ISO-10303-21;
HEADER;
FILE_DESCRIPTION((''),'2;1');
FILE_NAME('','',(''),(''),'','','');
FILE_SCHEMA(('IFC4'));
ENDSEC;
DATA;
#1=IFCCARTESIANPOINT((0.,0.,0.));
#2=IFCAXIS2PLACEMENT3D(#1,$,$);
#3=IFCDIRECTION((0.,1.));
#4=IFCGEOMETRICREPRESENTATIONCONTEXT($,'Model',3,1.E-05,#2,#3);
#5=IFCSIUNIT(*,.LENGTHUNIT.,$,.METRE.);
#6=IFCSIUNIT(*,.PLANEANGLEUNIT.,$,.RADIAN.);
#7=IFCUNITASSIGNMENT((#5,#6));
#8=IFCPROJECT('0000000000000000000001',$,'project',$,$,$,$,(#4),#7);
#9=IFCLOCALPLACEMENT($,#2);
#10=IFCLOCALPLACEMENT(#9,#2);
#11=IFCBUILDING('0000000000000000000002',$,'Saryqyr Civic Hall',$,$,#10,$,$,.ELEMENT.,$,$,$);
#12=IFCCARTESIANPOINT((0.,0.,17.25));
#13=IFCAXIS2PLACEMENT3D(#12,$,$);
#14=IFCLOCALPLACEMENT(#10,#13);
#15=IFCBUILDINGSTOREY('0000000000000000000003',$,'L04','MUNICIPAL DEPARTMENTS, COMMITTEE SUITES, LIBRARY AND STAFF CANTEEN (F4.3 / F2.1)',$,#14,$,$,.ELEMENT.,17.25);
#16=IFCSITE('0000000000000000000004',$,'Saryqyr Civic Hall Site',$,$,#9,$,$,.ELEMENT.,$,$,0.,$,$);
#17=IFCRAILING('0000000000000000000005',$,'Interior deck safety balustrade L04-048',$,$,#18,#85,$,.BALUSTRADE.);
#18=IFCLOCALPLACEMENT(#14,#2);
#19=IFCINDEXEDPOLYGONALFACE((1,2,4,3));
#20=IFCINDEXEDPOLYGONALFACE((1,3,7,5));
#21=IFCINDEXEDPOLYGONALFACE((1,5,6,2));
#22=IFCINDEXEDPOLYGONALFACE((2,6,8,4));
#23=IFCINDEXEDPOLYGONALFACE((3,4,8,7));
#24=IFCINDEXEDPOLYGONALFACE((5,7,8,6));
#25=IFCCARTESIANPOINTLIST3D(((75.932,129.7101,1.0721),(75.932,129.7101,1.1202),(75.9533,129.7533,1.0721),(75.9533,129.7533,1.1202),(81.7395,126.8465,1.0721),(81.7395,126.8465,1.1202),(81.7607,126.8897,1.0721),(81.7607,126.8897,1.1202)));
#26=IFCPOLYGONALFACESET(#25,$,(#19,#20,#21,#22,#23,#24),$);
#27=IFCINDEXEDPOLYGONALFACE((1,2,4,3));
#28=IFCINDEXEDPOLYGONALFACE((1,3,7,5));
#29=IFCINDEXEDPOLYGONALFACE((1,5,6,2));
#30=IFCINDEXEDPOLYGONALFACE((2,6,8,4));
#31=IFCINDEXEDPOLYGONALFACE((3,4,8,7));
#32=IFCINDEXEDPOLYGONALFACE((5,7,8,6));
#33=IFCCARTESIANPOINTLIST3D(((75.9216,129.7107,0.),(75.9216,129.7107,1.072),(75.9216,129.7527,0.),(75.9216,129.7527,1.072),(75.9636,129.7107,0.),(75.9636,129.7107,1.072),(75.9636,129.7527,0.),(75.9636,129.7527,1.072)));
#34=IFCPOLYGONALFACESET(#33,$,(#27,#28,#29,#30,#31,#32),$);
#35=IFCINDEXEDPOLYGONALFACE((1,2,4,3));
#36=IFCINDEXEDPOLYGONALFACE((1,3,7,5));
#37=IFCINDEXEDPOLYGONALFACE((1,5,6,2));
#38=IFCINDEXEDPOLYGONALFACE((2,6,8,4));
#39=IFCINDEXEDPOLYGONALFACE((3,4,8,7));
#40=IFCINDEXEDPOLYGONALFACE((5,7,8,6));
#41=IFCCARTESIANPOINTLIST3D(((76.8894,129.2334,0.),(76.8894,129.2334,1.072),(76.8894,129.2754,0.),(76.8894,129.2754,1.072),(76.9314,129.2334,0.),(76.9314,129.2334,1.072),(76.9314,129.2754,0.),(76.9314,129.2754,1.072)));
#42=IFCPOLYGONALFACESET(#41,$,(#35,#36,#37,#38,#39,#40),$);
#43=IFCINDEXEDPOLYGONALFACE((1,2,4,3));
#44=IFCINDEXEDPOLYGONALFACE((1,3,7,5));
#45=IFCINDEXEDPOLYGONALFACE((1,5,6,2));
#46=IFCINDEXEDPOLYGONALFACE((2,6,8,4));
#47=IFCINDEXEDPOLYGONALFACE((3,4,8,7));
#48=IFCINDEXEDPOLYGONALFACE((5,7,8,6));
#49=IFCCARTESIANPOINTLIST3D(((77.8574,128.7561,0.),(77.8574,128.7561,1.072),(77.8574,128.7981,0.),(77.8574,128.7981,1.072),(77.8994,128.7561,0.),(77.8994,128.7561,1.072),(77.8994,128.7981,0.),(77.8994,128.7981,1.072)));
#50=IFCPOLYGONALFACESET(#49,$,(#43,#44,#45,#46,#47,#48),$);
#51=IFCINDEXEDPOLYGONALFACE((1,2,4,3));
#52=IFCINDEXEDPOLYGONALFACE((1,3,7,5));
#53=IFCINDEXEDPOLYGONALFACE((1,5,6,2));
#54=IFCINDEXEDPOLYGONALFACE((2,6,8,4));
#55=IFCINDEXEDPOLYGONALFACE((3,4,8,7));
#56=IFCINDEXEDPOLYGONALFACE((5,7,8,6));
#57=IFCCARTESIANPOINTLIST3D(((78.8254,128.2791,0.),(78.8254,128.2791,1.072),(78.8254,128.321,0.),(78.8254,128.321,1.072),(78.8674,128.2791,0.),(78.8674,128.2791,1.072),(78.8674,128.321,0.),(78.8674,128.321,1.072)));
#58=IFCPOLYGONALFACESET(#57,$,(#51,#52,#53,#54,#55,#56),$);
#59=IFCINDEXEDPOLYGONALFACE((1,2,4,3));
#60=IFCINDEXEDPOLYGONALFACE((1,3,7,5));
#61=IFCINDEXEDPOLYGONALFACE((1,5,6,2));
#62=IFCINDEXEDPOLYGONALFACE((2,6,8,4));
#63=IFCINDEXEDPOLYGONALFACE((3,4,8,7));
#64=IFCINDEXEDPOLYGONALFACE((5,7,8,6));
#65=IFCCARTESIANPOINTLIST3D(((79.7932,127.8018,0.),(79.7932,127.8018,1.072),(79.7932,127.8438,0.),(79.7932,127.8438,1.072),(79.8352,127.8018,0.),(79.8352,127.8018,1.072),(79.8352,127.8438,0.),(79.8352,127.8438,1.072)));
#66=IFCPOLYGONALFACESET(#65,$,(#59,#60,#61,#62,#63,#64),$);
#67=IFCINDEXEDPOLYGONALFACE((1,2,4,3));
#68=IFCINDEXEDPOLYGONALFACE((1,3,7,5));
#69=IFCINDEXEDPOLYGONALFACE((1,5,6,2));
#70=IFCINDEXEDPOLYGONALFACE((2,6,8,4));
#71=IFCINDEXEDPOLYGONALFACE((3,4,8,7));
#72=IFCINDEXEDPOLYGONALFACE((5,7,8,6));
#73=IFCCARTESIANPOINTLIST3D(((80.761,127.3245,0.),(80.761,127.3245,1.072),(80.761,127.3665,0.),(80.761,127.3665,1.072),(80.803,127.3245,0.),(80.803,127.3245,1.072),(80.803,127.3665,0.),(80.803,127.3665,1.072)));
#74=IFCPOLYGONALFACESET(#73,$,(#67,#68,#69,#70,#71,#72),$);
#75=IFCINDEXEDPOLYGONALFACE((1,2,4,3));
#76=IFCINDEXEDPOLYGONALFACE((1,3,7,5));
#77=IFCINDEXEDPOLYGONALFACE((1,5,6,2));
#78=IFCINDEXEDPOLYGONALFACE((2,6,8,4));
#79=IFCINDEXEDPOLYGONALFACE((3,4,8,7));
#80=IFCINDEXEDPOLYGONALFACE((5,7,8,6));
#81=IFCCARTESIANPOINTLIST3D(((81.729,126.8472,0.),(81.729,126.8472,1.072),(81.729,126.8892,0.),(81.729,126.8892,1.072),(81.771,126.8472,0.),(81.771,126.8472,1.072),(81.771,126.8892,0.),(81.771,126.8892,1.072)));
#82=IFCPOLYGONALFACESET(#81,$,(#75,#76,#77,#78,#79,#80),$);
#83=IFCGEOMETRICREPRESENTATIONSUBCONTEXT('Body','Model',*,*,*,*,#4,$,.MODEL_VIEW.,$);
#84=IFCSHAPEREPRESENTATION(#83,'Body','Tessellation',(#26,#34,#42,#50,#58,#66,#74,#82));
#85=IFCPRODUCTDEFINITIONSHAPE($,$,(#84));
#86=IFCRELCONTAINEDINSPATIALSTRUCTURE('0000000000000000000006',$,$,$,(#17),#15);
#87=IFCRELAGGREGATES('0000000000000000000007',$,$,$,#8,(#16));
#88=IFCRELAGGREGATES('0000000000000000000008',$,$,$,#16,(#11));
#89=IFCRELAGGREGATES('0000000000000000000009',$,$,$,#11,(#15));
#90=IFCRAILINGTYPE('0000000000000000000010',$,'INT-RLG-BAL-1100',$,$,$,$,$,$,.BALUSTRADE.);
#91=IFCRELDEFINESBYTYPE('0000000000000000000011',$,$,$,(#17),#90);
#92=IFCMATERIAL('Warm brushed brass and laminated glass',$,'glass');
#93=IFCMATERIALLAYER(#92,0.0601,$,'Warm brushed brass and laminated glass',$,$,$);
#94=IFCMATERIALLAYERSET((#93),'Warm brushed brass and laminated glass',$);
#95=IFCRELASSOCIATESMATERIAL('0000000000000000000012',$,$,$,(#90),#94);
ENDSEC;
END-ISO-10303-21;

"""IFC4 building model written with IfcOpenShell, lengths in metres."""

from ifc_helpers import new_model, si_unit, direction, frame, origin, origin_2d, place, context, subcontext, project, spatial, rectangle, extrude, material, layer, layer_set, type_object, element, save


model = new_model("IFC4")

# Units and contexts
model_context = context("Model", 3, precision=1e-05, world=origin(), true_north=direction((0.0, 1.0)))
body_context = subcontext(model_context, "Body", "Model", "MODEL_VIEW")
ifc_project = project(units=[si_unit("LENGTHUNIT", "METRE"), si_unit("PLANEANGLEUNIT", "RADIAN")], contexts=[model_context])

# Site, building, storey
site_placement = place(None, origin())
site = spatial("IfcSite", under=ifc_project, at=site_placement, Name="Saryqyr Civic Hall Site", CompositionType="ELEMENT", RefElevation=0.0)
building_placement = place(site_placement, origin())
building = spatial("IfcBuilding", under=site, at=building_placement, Name="Saryqyr Civic Hall", CompositionType="ELEMENT")
storey_placement = place(building_placement, frame((0.0, 0.0, 17.25)))
storey = spatial("IfcBuildingStorey", under=building, at=storey_placement, Name="L04", Description="MUNICIPAL DEPARTMENTS, COMMITTEE SUITES, LIBRARY AND STAFF CANTEEN (F4.3 / F2.1)", CompositionType="ELEMENT", Elevation=17.25)

# Railing
ifc_material_1 = material(Name="Warm brushed brass and laminated glass", Category="glass")
ifc_layer_1 = layer(ifc_material_1, 0.0601, Name="Warm brushed brass and laminated glass")
ifc_layer_set_1 = layer_set([ifc_layer_1], Name="Warm brushed brass and laminated glass")
railing_type = type_object("IfcRailingType", Name="INT-RLG-BAL-1100", PredefinedType="BALUSTRADE", material=ifc_layer_set_1)
railing_1_placement = place(storey_placement, frame((75.9426, 129.7317, 0.0)))
element("IfcRailing", 1, at=railing_1_placement, inside=storey, type_object=railing_type, Name="Interior deck safety balustrade L04-048", PredefinedType="BALUSTRADE", context=body_context, shape_type="SweptSolid", body=[
    extrude(rectangle(XDim=0.0481, YDim=0.0481, at=origin_2d()), frame((0.0, 0.0, 1.0962), z_axis=(0.896894, -0.442245, 0.0), x_axis=(0.442245, 0.896894, 0.0)), (0.0, 0.0, 1.0), 6.4751),
    extrude(rectangle(XDim=0.042, YDim=0.042, at=origin_2d()), origin(), (0.0, 0.0, 1.0), 1.072),
    extrude(rectangle(XDim=0.042, YDim=0.042, at=origin_2d()), frame((0.9678, -0.4773, 0.0)), (0.0, 0.0, 1.0), 1.072),
    extrude(rectangle(XDim=0.042, YDim=0.042, at=origin_2d()), frame((1.9358, -0.9546, 0.0)), (0.0, 0.0, 1.0), 1.072),
    extrude(rectangle(XDim=0.042, YDim=0.042, at=origin_2d()), frame((2.9038, -1.4316, 0.0)), (0.0, 0.0, 1.0), 1.072),
    extrude(rectangle(XDim=0.042, YDim=0.042, at=origin_2d()), frame((3.8716, -1.9089, 0.0)), (0.0, 0.0, 1.0), 1.072),
    extrude(rectangle(XDim=0.042, YDim=0.042, at=origin_2d()), frame((4.8394, -2.3862, 0.0)), (0.0, 0.0, 1.0), 1.072),
    extrude(rectangle(XDim=0.042, YDim=0.042, at=origin_2d()), frame((5.8074, -2.8635, 0.0)), (0.0, 0.0, 1.0), 1.072),
])

save(model, "model.ifc")
